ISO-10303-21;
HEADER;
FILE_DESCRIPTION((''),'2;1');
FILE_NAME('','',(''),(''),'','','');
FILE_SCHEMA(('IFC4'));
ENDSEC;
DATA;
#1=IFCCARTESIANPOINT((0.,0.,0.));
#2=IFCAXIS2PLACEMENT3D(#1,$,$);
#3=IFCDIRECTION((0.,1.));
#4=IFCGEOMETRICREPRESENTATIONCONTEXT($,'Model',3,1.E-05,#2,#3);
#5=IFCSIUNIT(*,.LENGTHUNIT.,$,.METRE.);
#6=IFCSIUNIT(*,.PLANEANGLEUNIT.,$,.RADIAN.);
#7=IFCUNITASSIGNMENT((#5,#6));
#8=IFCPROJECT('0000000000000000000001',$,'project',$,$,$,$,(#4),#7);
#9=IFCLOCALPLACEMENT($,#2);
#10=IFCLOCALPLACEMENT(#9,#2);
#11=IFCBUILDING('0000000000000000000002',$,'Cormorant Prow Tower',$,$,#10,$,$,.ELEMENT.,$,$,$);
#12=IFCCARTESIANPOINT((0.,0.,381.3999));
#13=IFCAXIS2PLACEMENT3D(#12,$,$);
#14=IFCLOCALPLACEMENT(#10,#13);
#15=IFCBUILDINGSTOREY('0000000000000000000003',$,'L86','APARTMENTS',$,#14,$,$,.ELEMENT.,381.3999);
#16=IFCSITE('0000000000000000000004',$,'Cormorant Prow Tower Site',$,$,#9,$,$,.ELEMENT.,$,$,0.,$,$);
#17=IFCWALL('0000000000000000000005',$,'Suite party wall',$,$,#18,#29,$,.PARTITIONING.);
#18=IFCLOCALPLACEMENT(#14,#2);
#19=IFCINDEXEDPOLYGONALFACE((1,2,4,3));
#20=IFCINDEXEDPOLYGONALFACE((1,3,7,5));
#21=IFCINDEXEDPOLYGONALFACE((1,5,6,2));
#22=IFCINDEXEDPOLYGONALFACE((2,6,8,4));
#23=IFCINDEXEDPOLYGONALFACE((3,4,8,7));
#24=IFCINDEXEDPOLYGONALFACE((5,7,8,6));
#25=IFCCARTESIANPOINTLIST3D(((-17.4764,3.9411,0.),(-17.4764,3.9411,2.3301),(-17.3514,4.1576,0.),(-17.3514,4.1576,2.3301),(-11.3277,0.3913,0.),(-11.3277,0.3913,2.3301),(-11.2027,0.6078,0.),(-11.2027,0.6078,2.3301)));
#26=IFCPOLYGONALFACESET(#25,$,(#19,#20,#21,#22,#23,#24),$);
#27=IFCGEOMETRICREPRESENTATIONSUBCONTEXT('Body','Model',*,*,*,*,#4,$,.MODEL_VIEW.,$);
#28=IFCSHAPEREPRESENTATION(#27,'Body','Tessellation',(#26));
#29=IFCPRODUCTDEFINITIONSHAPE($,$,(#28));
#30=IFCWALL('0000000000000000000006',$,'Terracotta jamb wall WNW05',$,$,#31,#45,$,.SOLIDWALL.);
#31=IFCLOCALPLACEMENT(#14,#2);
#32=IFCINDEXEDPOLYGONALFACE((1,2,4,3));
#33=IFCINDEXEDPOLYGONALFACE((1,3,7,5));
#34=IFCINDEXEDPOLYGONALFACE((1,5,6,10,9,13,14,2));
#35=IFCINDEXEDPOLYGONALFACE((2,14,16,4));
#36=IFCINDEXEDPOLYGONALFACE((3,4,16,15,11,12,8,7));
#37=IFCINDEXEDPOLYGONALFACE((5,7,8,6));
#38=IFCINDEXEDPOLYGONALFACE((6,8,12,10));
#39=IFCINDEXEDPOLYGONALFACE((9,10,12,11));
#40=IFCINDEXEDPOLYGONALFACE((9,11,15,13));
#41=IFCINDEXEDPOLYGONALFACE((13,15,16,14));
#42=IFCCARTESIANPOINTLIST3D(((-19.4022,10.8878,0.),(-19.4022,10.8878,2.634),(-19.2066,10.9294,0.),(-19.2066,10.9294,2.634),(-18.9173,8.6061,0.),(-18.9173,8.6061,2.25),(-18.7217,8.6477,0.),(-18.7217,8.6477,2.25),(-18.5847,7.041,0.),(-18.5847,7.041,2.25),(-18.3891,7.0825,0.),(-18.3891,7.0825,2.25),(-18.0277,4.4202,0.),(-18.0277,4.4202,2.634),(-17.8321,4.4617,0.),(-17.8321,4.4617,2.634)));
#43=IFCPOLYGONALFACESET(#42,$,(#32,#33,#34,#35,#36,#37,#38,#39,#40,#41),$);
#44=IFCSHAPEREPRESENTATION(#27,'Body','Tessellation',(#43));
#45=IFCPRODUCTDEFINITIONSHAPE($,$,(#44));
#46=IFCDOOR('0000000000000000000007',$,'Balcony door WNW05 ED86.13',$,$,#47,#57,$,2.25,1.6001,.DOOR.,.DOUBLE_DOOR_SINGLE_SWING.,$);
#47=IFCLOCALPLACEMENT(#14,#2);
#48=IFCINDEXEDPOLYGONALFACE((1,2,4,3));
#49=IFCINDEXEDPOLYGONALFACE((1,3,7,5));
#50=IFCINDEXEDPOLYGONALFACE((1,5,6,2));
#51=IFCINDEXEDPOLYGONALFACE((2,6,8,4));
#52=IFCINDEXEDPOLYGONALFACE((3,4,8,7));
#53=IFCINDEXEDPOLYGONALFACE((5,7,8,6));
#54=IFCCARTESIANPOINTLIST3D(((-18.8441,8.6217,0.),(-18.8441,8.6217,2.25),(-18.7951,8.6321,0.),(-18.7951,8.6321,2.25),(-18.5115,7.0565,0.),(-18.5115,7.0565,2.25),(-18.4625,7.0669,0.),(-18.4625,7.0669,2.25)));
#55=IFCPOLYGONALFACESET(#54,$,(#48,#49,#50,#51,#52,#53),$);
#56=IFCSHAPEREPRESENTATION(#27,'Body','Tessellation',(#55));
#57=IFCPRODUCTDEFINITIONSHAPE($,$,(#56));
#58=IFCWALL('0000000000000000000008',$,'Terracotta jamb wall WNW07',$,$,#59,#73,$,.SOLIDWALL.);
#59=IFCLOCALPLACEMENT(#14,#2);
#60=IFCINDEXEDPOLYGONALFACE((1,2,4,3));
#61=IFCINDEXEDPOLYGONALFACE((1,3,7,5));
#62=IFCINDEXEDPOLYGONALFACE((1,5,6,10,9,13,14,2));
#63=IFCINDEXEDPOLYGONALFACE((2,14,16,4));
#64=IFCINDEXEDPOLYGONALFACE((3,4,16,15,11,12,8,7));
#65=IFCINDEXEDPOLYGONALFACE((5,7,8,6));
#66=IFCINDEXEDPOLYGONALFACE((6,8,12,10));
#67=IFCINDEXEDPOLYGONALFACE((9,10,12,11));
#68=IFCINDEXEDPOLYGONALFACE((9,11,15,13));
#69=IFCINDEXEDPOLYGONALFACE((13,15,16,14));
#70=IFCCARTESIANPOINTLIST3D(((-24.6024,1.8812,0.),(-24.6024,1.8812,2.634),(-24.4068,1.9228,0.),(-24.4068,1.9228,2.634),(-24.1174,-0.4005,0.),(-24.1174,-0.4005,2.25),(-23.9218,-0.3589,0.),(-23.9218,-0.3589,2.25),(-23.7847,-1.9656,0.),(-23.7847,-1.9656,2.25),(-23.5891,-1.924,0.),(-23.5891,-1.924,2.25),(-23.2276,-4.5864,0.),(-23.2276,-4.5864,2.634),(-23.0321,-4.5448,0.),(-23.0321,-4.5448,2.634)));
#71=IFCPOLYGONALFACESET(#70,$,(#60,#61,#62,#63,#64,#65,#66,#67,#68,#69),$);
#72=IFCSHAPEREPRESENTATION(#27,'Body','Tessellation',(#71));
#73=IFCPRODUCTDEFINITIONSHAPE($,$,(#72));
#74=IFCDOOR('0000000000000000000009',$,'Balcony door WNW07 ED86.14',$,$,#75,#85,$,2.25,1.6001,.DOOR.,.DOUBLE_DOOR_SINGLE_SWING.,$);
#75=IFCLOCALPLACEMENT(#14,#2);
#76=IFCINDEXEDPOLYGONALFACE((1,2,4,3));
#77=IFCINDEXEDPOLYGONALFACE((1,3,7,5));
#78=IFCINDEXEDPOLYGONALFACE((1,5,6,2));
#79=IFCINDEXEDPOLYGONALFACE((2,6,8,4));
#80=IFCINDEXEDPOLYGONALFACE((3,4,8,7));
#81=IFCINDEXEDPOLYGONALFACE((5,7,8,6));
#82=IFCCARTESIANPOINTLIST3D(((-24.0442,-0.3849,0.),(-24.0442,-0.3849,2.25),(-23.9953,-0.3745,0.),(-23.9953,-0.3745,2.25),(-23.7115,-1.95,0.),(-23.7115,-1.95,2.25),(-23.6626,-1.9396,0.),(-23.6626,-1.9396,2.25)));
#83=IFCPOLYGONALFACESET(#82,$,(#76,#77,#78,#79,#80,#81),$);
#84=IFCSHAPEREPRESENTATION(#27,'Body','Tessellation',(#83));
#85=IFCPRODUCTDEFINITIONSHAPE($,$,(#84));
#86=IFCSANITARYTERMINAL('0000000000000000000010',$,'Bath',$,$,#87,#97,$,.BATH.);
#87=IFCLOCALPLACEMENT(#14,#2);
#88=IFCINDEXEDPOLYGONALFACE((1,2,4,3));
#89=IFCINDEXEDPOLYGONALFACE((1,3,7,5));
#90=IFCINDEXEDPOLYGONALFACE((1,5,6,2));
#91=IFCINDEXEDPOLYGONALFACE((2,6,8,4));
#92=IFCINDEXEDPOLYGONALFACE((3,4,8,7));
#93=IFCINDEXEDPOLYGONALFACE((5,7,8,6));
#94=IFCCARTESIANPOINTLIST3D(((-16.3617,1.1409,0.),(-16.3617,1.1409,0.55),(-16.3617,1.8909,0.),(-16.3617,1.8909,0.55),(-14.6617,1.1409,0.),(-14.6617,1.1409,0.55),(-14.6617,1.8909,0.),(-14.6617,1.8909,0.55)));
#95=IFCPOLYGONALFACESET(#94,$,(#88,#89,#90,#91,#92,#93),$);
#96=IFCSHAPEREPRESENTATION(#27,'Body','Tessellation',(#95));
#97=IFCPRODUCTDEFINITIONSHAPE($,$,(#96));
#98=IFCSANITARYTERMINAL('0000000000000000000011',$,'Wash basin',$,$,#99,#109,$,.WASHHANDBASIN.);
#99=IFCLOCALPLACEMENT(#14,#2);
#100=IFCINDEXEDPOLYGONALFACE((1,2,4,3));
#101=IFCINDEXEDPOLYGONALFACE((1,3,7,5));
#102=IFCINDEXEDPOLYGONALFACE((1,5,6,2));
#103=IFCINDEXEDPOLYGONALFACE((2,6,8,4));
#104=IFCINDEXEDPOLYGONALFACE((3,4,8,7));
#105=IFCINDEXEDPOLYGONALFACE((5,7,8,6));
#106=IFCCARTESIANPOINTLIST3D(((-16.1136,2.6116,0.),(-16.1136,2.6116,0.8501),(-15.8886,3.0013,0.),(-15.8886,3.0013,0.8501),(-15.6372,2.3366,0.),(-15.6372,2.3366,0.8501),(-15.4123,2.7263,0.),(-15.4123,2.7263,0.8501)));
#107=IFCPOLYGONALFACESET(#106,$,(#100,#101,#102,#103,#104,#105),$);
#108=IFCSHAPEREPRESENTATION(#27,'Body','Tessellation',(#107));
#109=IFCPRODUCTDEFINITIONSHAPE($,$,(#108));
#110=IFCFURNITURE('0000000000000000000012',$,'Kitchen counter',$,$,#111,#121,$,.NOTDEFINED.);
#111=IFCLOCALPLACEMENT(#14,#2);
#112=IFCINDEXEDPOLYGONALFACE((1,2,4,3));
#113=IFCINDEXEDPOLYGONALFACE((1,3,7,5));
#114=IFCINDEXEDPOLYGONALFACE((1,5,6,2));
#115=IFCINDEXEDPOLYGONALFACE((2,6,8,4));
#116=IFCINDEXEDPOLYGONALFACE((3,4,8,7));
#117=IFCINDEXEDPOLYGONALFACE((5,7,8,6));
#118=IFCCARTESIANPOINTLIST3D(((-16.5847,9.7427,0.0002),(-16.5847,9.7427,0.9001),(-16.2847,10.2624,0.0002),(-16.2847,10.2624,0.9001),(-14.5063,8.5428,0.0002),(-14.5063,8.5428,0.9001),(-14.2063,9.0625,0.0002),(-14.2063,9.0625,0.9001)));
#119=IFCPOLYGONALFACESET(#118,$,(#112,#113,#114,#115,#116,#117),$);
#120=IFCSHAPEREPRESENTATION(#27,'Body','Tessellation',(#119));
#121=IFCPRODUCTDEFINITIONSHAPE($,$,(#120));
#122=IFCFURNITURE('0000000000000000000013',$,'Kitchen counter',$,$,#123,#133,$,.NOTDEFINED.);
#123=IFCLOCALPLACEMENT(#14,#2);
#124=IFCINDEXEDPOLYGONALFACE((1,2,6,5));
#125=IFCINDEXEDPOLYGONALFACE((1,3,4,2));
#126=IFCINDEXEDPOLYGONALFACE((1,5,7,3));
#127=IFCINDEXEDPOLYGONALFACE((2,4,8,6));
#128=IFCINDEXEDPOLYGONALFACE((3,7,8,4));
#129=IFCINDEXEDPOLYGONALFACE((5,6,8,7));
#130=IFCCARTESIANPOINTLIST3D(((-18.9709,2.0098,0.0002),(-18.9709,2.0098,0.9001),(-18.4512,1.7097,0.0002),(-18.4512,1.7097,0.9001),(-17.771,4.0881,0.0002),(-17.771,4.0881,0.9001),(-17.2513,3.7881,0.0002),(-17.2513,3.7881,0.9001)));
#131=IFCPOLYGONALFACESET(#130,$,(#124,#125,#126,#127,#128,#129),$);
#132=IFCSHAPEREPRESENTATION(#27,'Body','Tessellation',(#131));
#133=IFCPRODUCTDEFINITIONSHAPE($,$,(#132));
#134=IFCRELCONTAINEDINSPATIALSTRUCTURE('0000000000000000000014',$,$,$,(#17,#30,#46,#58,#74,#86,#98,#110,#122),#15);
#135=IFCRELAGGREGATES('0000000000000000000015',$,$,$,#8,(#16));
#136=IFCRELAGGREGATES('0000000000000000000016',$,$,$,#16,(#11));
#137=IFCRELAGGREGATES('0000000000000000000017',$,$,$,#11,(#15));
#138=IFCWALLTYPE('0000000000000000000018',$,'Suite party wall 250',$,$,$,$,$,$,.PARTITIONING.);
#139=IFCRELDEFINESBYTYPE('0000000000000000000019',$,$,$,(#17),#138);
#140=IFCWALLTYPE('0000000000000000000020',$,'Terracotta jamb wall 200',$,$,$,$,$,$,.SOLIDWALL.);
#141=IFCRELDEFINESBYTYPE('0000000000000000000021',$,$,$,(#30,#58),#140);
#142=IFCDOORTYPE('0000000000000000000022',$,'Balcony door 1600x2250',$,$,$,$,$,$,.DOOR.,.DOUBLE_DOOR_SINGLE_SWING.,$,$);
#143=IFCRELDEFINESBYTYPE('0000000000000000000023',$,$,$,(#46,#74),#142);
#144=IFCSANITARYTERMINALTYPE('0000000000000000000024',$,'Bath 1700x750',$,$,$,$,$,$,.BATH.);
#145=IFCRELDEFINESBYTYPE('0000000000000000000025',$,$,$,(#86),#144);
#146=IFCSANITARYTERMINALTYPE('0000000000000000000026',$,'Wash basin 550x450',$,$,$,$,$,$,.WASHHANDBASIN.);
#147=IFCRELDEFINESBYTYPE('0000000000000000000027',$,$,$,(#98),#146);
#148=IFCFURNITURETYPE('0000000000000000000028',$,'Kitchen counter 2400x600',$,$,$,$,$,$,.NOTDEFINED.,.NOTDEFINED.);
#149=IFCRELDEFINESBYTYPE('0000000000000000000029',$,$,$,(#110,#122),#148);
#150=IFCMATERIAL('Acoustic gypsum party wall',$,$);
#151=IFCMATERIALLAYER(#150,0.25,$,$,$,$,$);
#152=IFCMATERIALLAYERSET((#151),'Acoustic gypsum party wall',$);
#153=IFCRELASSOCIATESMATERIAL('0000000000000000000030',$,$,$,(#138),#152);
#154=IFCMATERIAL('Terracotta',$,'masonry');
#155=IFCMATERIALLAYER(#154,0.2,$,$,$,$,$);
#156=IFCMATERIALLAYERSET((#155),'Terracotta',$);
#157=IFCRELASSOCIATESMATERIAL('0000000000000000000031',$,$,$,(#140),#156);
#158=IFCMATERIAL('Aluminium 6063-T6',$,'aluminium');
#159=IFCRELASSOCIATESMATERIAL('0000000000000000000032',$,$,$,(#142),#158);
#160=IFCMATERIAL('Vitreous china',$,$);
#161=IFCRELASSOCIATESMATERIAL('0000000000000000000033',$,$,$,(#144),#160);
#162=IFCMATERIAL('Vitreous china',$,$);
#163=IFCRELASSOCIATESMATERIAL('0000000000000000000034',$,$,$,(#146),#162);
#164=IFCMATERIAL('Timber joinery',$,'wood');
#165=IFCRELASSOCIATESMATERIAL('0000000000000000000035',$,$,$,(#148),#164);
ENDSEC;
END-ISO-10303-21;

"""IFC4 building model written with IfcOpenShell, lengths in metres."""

from ifc_helpers import new_model, si_unit, direction, frame, frame_2d, origin, origin_2d, place, context, subcontext, project, spatial, rectangle, extrude, material, layer, layer_set, type_object, element, fill, save


model = new_model("IFC4")

# Units and contexts
model_context = context("Model", 3, precision=1e-05, world=origin(), true_north=direction((0.0, 1.0)))
body_context = subcontext(model_context, "Body", "Model", "MODEL_VIEW")
ifc_project = project(units=[si_unit("LENGTHUNIT", "METRE"), si_unit("PLANEANGLEUNIT", "RADIAN")], contexts=[model_context])

# Site, building, storey
site_placement = place(None, origin())
site = spatial("IfcSite", under=ifc_project, at=site_placement, Name="Cormorant Prow Tower Site", CompositionType="ELEMENT", RefElevation=0.0)
building_placement = place(site_placement, origin())
building = spatial("IfcBuilding", under=site, at=building_placement, Name="Cormorant Prow Tower", CompositionType="ELEMENT")
storey_placement = place(building_placement, frame((0.0, 0.0, 381.3999)))
storey = spatial("IfcBuildingStorey", under=building, at=storey_placement, Name="L86", Description="APARTMENTS", CompositionType="ELEMENT", Elevation=381.3999)

# Wall
ifc_material_1 = material(Name="Acoustic gypsum party wall")
ifc_layer_1 = layer(ifc_material_1, 0.25)
ifc_layer_set_1 = layer_set([ifc_layer_1], Name="Acoustic gypsum party wall")
wall_type_1 = type_object("IfcWallType", Name="Suite party wall 250", PredefinedType="PARTITIONING", material=ifc_layer_set_1)
wall_1_placement = place(storey_placement, frame((-17.4138, 4.0493, 0.0), z_axis=(0.0, 0.0, 1.0), x_axis=(0.866034, -0.499985, 0.0)))
element("IfcWall", 1, at=wall_1_placement, inside=storey, type_object=wall_type_1, Name="Suite party wall", PredefinedType="PARTITIONING", context=body_context, shape_type="SweptSolid", body=[
    extrude(rectangle(XDim=7.0999, YDim=0.25, at=frame_2d((3.5498, 0.0))), origin(), (0.0, 0.0, 1.0), 2.3301),
])

# Walls, openings, doors
ifc_material_2 = material(Name="Terracotta", Category="masonry")
ifc_layer_2 = layer(ifc_material_2, 0.2)
ifc_layer_set_2 = layer_set([ifc_layer_2], Name="Terracotta")
wall_type_2 = type_object("IfcWallType", Name="Terracotta jamb wall 200", PredefinedType="SOLIDWALL", material=ifc_layer_set_2)
wall_2_placement = place(storey_placement, frame((-19.3044, 10.9087, 0.0), z_axis=(0.0, 0.0, 1.0), x_axis=(0.207882, -0.978154, 0.0)))
wall_2 = element("IfcWall", 2, at=wall_2_placement, inside=storey, type_object=wall_type_2, Name="Terracotta jamb wall WNW05", PredefinedType="SOLIDWALL", context=body_context, shape_type="SweptSolid", body=[
    extrude(rectangle(XDim=6.6121, YDim=0.2, at=frame_2d((3.3062, 0.0))), origin(), (0.0, 0.0, 1.0), 2.634),
])
opening_1_placement = place(wall_2_placement, frame((2.3328, 0.0, 0.0)))
opening_1 = element("IfcOpeningElement", 3, at=opening_1_placement, cuts=wall_2, PredefinedType="OPENING", context=body_context, shape_type="SweptSolid", body=[
    extrude(rectangle(XDim=1.6001, YDim=2.25, at=frame_2d((0.8, 1.125))), frame((0.0, 0.1099, 0.0), z_axis=(0.0, -1.0, 0.0), x_axis=(1.0, 0.0, 0.0)), (0.0, 0.0, 1.0), 0.22),
])
ifc_material_3 = material(Name="Aluminium 6063-T6", Category="aluminium")
door_type_1 = type_object("IfcDoorType", Name="Balcony door 1600x2250", OperationType="DOUBLE_DOOR_SINGLE_SWING", PredefinedType="DOOR", material=ifc_material_3)
door_1_placement = place(opening_1_placement, origin())
door_1 = element("IfcDoor", 4, at=door_1_placement, inside=storey, type_object=door_type_1, Name="Balcony door WNW05 ED86.13", OperationType="DOUBLE_DOOR_SINGLE_SWING", OverallHeight=2.25, OverallWidth=1.6001, PredefinedType="DOOR", context=body_context, shape_type="SweptSolid", body=[
    extrude(rectangle(XDim=1.6001, YDim=2.25, at=frame_2d((0.8, 1.125))), frame((0.0, 0.0249, 0.0), z_axis=(0.0, -1.0, 0.0), x_axis=(1.0, 0.0, 0.0)), (0.0, 0.0, 1.0), 0.05),
])
fill(opening_1, door_1)
wall_3_placement = place(storey_placement, frame((-24.5046, 1.9021, 0.0), z_axis=(0.0, 0.0, 1.0), x_axis=(0.207917, -0.978146, 0.0)))
wall_3 = element("IfcWall", 5, at=wall_3_placement, inside=storey, type_object=wall_type_2, Name="Terracotta jamb wall WNW07", PredefinedType="SOLIDWALL", context=body_context, shape_type="SweptSolid", body=[
    extrude(rectangle(XDim=6.6121, YDim=0.2, at=frame_2d((3.3062, 0.0))), origin(), (0.0, 0.0, 1.0), 2.634),
])
opening_2_placement = place(wall_3_placement, frame((2.3328, 0.0, 0.0)))
opening_2 = element("IfcOpeningElement", 6, at=opening_2_placement, cuts=wall_3, PredefinedType="OPENING", context=body_context, shape_type="SweptSolid", body=[
    extrude(rectangle(XDim=1.6001, YDim=2.25, at=frame_2d((0.8, 1.125))), frame((0.0, 0.1099, 0.0), z_axis=(0.0, -1.0, 0.0), x_axis=(1.0, 0.0, 0.0)), (0.0, 0.0, 1.0), 0.22),
])
door_2_placement = place(opening_2_placement, origin())
door_2 = element("IfcDoor", 7, at=door_2_placement, inside=storey, type_object=door_type_1, Name="Balcony door WNW07 ED86.14", OperationType="DOUBLE_DOOR_SINGLE_SWING", OverallHeight=2.25, OverallWidth=1.6001, PredefinedType="DOOR", context=body_context, shape_type="SweptSolid", body=[
    extrude(rectangle(XDim=1.6001, YDim=2.25, at=frame_2d((0.8, 1.125))), frame((0.0, 0.0249, 0.0), z_axis=(0.0, -1.0, 0.0), x_axis=(1.0, 0.0, 0.0)), (0.0, 0.0, 1.0), 0.05),
])
fill(opening_2, door_2)

# Sanitary terminals
ifc_material_4 = material(Name="Vitreous china")
sanitary_terminal_type_1 = type_object("IfcSanitaryTerminalType", Name="Bath 1700x750", PredefinedType="BATH", material=ifc_material_4)
sanitary_terminal_1_placement = place(storey_placement, frame((-15.5117, 1.5159, 0.0), z_axis=(0.0, 0.0, 1.0), x_axis=(1.0, 0.0, 0.0)))
element("IfcSanitaryTerminal", 8, at=sanitary_terminal_1_placement, inside=storey, type_object=sanitary_terminal_type_1, Name="Bath", PredefinedType="BATH", context=body_context, shape_type="SweptSolid", body=[
    extrude(rectangle(XDim=1.7, YDim=0.75, at=origin_2d()), origin(), (0.0, 0.0, 1.0), 0.55),
])
ifc_material_5 = material(Name="Vitreous china")
sanitary_terminal_type_2 = type_object("IfcSanitaryTerminalType", Name="Wash basin 550x450", PredefinedType="WASHHANDBASIN", material=ifc_material_5)
sanitary_terminal_2_placement = place(storey_placement, frame((-15.7629, 2.6689, 0.0), z_axis=(0.0, 0.0, 1.0), x_axis=(0.866025, -0.5, 0.0)))
element("IfcSanitaryTerminal", 9, at=sanitary_terminal_2_placement, inside=storey, type_object=sanitary_terminal_type_2, Name="Wash basin", PredefinedType="WASHHANDBASIN", context=body_context, shape_type="SweptSolid", body=[
    extrude(rectangle(XDim=0.55, YDim=0.45, at=origin_2d()), origin(), (0.0, 0.0, 1.0), 0.8501),
])

# Furniture
ifc_material_6 = material(Name="Timber joinery", Category="wood")
furniture_type = type_object("IfcFurnitureType", Name="Kitchen counter 2400x600", AssemblyPlace="NOTDEFINED", PredefinedType="NOTDEFINED", material=ifc_material_6)
for number, where, z_axis, x_axis, name in (
    (10, (-15.3955, 9.4026, 0.0002), (0.0, 0.0, 1.0), (-0.866025, 0.5, 0.0), "Kitchen counter"),
    (11, (-18.1111, 2.8989, 0.0002), (0.0, 0.0, 1.0), (-0.5, -0.866025, 0.0), "Kitchen counter"),
):
    element("IfcFurniture", number, at=place(storey_placement, frame(where, z_axis=z_axis, x_axis=x_axis)), inside=storey, type_object=furniture_type, Name=name, PredefinedType="NOTDEFINED", context=body_context, shape_type="SweptSolid", body=[
        extrude(rectangle(XDim=2.3999, YDim=0.6001, at=origin_2d()), origin(), (0.0, 0.0, 1.0), 0.8999),
    ])

save(model, "model.ifc")
